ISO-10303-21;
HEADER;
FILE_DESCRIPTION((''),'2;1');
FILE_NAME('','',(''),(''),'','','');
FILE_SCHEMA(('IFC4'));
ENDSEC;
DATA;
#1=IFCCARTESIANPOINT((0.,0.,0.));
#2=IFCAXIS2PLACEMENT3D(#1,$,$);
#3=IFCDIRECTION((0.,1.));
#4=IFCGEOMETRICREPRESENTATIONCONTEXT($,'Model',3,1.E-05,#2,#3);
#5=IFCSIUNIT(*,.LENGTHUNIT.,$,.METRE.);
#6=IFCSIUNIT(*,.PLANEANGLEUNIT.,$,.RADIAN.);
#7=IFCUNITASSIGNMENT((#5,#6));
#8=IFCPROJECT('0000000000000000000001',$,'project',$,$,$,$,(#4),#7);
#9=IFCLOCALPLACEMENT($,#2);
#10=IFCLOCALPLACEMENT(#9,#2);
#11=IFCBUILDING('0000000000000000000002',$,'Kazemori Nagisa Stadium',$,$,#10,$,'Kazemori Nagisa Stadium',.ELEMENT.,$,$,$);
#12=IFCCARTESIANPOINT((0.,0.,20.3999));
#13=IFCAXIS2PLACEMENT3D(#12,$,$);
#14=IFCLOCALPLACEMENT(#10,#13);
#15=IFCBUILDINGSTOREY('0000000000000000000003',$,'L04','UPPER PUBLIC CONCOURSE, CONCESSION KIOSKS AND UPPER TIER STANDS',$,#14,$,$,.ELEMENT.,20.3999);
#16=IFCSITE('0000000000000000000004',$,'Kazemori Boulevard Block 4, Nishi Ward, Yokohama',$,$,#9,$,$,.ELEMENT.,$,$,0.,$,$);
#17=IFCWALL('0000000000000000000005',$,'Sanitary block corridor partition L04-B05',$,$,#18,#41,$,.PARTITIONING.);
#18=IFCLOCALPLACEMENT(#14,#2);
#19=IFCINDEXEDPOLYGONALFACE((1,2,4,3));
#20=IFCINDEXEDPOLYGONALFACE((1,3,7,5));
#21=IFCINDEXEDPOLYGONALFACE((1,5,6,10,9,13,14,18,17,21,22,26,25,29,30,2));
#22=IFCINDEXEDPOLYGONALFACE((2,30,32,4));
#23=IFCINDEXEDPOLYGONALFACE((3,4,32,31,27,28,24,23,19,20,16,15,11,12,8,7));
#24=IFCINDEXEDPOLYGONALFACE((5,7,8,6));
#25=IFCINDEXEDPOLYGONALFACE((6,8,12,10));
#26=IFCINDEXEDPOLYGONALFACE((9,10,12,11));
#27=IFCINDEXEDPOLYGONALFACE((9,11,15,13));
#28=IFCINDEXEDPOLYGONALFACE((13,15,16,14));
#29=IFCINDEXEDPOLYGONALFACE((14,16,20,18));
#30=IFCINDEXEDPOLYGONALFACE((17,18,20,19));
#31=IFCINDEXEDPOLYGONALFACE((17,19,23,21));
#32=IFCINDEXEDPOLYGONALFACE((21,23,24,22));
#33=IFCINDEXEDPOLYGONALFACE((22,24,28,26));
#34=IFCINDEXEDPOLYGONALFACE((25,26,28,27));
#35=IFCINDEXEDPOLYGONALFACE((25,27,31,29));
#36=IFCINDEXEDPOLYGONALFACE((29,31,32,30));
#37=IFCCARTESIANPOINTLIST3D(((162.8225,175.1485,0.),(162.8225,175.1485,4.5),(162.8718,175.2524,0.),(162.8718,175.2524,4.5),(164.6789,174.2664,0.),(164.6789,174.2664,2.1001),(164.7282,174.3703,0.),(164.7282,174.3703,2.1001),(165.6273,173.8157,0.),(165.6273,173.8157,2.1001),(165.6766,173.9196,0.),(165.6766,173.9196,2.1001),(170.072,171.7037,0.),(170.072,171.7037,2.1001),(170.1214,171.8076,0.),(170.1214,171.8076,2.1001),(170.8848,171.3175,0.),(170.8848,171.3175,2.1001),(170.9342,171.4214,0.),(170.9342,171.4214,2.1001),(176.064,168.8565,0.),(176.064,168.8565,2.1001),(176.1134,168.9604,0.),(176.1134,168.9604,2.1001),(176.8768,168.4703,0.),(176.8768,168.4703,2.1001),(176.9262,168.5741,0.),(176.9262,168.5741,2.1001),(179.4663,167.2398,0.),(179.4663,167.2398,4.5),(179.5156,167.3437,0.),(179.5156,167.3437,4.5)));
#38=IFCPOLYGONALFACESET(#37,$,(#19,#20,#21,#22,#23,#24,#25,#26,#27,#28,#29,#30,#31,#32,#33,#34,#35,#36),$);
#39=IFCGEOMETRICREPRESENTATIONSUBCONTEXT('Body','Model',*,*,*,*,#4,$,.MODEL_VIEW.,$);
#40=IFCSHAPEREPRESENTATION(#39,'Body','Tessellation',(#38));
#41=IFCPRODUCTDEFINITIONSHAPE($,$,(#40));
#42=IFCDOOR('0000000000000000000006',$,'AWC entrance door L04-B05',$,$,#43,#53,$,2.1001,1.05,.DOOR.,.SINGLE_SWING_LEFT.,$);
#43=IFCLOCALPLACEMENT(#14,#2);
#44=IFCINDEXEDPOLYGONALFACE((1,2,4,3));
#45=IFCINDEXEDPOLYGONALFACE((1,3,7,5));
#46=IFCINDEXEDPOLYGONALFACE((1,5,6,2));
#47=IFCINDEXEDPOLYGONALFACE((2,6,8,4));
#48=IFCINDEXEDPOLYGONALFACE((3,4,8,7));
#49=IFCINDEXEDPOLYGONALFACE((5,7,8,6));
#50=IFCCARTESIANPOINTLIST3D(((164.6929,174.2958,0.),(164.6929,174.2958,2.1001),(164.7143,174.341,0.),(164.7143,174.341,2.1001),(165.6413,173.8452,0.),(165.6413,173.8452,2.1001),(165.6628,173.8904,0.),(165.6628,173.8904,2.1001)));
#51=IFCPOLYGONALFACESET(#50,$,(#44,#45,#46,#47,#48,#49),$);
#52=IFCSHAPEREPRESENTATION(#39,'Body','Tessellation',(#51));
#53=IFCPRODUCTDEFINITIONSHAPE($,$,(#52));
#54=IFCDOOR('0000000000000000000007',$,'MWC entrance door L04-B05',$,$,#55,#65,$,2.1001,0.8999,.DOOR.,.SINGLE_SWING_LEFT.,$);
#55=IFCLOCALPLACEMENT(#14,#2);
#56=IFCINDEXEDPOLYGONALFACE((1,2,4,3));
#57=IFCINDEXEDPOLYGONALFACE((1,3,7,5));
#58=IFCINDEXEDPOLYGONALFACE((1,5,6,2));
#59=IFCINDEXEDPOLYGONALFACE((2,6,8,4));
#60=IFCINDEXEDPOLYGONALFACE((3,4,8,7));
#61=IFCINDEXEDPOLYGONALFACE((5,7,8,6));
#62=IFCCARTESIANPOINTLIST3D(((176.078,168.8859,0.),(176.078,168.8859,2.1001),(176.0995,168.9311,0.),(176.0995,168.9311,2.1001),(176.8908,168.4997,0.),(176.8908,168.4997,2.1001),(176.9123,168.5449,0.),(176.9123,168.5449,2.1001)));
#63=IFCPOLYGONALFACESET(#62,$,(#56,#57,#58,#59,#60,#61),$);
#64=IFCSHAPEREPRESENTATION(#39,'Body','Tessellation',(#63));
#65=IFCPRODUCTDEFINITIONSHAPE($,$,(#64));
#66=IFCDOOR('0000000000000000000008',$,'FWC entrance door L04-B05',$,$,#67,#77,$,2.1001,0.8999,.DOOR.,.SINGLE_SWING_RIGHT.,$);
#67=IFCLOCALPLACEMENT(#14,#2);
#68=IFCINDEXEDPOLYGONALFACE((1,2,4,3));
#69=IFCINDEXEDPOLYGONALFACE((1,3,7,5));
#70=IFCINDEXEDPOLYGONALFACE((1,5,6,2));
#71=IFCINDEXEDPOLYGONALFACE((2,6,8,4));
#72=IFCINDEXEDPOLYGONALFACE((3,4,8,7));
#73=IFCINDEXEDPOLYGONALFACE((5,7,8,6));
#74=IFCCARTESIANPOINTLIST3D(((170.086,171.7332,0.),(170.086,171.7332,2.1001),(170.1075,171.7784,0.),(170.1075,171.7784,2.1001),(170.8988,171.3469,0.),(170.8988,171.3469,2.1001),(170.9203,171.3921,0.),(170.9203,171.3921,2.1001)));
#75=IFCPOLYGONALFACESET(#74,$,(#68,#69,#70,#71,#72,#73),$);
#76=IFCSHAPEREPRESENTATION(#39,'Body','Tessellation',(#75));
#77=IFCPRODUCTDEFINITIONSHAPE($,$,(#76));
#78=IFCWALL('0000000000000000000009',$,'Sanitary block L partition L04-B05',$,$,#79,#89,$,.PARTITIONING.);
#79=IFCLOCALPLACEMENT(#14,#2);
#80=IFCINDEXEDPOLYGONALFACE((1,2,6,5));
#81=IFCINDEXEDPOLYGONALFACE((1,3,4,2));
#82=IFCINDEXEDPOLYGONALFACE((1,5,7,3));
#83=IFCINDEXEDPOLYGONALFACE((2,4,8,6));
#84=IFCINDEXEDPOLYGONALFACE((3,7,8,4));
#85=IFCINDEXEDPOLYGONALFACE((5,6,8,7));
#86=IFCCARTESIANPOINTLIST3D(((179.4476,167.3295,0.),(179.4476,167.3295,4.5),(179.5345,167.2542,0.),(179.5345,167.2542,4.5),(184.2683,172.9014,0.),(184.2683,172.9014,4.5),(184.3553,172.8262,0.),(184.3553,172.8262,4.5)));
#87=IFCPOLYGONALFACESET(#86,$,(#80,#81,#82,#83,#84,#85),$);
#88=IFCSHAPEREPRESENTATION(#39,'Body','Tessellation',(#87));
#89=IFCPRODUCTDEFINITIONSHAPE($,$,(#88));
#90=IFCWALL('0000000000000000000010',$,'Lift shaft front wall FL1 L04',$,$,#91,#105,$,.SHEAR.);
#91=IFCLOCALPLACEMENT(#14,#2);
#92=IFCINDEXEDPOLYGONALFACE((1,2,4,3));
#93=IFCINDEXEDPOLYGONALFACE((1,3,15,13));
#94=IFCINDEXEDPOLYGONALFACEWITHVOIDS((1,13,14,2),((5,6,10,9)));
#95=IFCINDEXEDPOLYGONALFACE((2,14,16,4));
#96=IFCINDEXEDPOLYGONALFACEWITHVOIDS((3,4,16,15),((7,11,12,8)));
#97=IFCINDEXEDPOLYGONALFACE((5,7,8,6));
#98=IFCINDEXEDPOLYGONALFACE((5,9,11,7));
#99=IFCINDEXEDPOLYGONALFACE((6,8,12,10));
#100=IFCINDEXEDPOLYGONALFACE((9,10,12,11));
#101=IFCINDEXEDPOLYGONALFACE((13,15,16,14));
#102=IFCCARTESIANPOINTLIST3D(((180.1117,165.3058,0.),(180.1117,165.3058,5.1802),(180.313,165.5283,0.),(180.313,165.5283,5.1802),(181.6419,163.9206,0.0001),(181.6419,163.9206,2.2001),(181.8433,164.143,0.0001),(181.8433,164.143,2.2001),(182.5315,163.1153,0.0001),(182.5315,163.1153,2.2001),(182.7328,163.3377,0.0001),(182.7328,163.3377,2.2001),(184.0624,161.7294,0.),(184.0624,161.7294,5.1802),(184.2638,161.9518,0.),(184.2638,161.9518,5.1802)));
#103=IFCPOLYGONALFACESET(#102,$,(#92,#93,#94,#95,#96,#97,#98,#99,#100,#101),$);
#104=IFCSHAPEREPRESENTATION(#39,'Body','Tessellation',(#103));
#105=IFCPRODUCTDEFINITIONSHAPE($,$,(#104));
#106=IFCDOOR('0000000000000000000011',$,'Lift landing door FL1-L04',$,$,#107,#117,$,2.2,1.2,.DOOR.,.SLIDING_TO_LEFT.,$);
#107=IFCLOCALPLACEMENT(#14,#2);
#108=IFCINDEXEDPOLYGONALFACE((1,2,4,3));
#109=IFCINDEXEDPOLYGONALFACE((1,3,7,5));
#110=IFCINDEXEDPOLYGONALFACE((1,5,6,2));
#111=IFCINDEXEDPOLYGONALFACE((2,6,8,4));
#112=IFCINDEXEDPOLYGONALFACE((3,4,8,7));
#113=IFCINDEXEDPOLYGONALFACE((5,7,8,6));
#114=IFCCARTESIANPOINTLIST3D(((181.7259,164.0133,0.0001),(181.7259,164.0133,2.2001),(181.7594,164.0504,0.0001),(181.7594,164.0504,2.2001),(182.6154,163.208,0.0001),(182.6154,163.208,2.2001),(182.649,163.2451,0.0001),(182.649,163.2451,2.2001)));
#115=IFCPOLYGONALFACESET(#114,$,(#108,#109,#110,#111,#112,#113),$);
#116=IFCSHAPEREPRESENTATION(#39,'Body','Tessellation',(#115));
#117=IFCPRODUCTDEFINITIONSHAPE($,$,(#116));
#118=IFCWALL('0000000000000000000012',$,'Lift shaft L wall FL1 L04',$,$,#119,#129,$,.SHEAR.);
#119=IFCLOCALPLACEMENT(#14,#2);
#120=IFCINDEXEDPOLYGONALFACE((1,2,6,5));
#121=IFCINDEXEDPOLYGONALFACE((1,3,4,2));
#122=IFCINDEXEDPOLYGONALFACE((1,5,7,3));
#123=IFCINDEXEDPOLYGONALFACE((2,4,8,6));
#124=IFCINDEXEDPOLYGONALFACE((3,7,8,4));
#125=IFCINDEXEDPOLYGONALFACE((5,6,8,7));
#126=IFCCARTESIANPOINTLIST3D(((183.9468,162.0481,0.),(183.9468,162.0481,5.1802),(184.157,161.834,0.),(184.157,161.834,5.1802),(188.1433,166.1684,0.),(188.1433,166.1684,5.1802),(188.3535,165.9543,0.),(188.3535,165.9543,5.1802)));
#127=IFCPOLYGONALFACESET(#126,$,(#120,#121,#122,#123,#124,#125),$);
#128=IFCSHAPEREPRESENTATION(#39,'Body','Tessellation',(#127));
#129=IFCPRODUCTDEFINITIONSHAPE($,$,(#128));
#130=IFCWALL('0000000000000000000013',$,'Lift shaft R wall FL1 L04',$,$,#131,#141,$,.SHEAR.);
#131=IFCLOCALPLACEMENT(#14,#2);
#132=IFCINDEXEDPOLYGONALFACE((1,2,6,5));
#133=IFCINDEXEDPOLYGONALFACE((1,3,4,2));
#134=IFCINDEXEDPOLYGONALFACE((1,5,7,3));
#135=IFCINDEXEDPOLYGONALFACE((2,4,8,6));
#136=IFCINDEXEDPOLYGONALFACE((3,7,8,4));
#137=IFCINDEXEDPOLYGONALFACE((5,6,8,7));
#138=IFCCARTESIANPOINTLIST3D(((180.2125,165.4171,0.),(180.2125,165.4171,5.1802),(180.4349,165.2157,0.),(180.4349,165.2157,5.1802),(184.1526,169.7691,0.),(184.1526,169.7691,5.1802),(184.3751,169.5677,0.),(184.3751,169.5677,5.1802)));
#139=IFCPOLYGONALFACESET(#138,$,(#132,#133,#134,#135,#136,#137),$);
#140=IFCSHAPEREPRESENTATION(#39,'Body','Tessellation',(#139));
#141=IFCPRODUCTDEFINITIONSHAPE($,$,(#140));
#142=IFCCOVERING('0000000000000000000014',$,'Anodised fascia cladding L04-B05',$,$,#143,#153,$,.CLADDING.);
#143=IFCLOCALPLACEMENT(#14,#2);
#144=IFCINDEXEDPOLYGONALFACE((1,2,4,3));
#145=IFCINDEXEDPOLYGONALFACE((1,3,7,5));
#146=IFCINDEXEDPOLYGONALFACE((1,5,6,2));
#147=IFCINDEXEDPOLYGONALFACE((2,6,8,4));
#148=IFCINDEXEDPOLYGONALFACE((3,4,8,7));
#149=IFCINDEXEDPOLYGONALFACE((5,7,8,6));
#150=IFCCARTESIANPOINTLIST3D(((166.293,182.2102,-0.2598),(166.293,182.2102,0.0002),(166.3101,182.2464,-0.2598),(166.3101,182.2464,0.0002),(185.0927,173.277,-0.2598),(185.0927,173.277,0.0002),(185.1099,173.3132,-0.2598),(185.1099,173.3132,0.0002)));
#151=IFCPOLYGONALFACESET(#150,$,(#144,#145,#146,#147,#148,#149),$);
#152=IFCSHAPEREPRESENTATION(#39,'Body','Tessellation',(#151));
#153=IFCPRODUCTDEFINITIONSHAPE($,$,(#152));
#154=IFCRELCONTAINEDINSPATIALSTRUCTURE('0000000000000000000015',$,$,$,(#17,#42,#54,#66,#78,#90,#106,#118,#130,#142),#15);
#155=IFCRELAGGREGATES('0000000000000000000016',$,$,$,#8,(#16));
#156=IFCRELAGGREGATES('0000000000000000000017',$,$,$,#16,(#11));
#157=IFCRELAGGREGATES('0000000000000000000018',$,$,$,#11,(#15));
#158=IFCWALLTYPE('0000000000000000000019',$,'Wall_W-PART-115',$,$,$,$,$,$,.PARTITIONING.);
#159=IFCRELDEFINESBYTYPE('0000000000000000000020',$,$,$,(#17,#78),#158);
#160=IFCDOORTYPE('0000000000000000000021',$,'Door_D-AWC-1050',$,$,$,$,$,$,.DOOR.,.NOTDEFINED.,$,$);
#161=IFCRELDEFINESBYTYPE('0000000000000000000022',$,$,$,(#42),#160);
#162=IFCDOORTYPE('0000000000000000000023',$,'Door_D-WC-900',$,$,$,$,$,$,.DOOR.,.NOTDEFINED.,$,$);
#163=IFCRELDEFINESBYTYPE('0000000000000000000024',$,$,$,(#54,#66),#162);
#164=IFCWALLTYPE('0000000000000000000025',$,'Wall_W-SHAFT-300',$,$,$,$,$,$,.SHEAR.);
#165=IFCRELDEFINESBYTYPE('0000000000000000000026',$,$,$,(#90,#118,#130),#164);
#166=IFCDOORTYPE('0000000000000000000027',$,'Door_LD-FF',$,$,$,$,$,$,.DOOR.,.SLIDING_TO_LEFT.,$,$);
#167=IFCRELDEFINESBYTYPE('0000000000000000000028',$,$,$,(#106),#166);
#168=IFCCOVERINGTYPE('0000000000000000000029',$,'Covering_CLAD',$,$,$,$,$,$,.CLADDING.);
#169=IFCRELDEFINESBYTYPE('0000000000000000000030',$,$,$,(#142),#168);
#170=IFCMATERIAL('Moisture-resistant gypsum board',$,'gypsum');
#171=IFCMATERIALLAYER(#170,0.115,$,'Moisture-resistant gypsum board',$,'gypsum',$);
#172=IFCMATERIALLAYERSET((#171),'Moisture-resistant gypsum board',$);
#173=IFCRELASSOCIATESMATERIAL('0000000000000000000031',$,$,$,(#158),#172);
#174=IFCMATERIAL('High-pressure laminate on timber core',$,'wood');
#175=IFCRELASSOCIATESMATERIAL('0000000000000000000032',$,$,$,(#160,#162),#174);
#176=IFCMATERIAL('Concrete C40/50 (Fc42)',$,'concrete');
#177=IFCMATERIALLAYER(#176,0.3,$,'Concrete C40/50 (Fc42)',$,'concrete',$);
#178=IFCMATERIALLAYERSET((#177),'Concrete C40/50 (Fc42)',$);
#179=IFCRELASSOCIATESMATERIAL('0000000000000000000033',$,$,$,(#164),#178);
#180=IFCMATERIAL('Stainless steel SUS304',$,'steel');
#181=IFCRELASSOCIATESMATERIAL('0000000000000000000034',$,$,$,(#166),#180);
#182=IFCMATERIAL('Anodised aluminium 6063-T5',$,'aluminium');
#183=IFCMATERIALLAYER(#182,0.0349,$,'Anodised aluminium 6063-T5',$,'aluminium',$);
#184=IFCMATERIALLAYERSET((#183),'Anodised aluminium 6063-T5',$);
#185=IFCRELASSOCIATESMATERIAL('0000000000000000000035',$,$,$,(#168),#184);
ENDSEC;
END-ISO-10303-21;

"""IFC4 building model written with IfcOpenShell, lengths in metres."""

from ifc_helpers import new_model, si_unit, direction, frame, frame_2d, origin, origin_2d, place, context, subcontext, project, spatial, rectangle, extrude, material, layer, layer_set, type_object, element, fill, save


model = new_model("IFC4")

# Units and contexts
model_context = context("Model", 3, precision=1e-05, world=origin(), true_north=direction((0.0, 1.0)))
body_context = subcontext(model_context, "Body", "Model", "MODEL_VIEW")
ifc_project = project(units=[si_unit("LENGTHUNIT", "METRE"), si_unit("PLANEANGLEUNIT", "RADIAN")], contexts=[model_context])

# Site, building, storey
site_placement = place(None, origin())
site = spatial("IfcSite", under=ifc_project, at=site_placement, Name="Kazemori Boulevard Block 4, Nishi Ward, Yokohama", CompositionType="ELEMENT", RefElevation=0.0)
building_placement = place(site_placement, origin())
building = spatial("IfcBuilding", under=site, at=building_placement, Name="Kazemori Nagisa Stadium", LongName="Kazemori Nagisa Stadium", CompositionType="ELEMENT")
storey_placement = place(building_placement, frame((0.0, 0.0, 20.3999)))
storey = spatial("IfcBuildingStorey", under=building, at=storey_placement, Name="L04", Description="UPPER PUBLIC CONCOURSE, CONCESSION KIOSKS AND UPPER TIER STANDS", CompositionType="ELEMENT", Elevation=20.3999)

# Shared definitions
ifc_material_1 = material(Name="Concrete C40/50 (Fc42)", Category="concrete")

# Shared definitions
ifc_material_2 = material(Name="Anodised aluminium 6063-T5", Category="aluminium")

# Wall, openings, doors
ifc_material_3 = material(Name="Moisture-resistant gypsum board", Category="gypsum")
ifc_layer_1 = layer(ifc_material_3, 0.115, Name="Moisture-resistant gypsum board", Category="gypsum")
ifc_layer_set_1 = layer_set([ifc_layer_1], Name="Moisture-resistant gypsum board")
wall_type_1 = type_object("IfcWallType", Name="Wall_W-PART-115", PredefinedType="PARTITIONING", material=ifc_layer_set_1)
wall_1_placement = place(storey_placement, frame((179.491, 167.2917, 0.0), z_axis=(0.0, 0.0, 1.0), x_axis=(-0.903217, 0.429185, 0.0)))
wall_1 = element("IfcWall", 1, at=wall_1_placement, inside=storey, type_object=wall_type_1, Name="Sanitary block corridor partition L04-B05", PredefinedType="PARTITIONING", context=body_context, shape_type="SweptSolid", body=[
    extrude(rectangle(XDim=18.4272, YDim=0.115, at=frame_2d((9.2136, 0.0))), origin(), (0.0, 0.0, 1.0), 4.5),
])
opening_1_placement = place(wall_1_placement, frame((2.8669, 0.0, 0.0)))
opening_1 = element("IfcOpeningElement", 2, at=opening_1_placement, cuts=wall_1, PredefinedType="OPENING", context=body_context, shape_type="SweptSolid", body=[
    extrude(rectangle(XDim=0.8999, YDim=2.1001, at=frame_2d((0.45, 1.05))), frame((0.0, 0.0674, 0.0), z_axis=(0.0, -1.0, 0.0), x_axis=(1.0, 0.0, 0.0)), (0.0, 0.0, 1.0), 0.135),
])
opening_2_placement = place(wall_1_placement, frame((9.501, 0.0, 0.0)))
opening_2 = element("IfcOpeningElement", 3, at=opening_2_placement, cuts=wall_1, PredefinedType="OPENING", context=body_context, shape_type="SweptSolid", body=[
    extrude(rectangle(XDim=0.8999, YDim=2.1001, at=frame_2d((0.45, 1.05))), frame((0.0, 0.0674, 0.0), z_axis=(0.0, -1.0, 0.0), x_axis=(1.0, 0.0, 0.0)), (0.0, 0.0, 1.0), 0.135),
])
opening_3_placement = place(wall_1_placement, frame((15.322, 0.0, 0.0)))
opening_3 = element("IfcOpeningElement", 4, at=opening_3_placement, cuts=wall_1, PredefinedType="OPENING", context=body_context, shape_type="SweptSolid", body=[
    extrude(rectangle(XDim=1.05, YDim=2.1001, at=frame_2d((0.5249, 1.05))), frame((0.0, 0.0674, 0.0), z_axis=(0.0, -1.0, 0.0), x_axis=(1.0, 0.0, 0.0)), (0.0, 0.0, 1.0), 0.135),
])
ifc_material_4 = material(Name="High-pressure laminate on timber core", Category="wood")
door_type_1 = type_object("IfcDoorType", Name="Door_D-AWC-1050", OperationType="NOTDEFINED", PredefinedType="DOOR", material=ifc_material_4)
door_1_placement = place(opening_3_placement, origin())
door_1 = element("IfcDoor", 5, at=door_1_placement, inside=storey, type_object=door_type_1, Name="AWC entrance door L04-B05", OperationType="SINGLE_SWING_LEFT", OverallHeight=2.1001, OverallWidth=1.05, PredefinedType="DOOR", context=body_context, shape_type="SweptSolid", body=[
    extrude(rectangle(XDim=1.05, YDim=2.1001, at=frame_2d((0.5249, 1.05))), frame((0.0, 0.0249, 0.0), z_axis=(0.0, -1.0, 0.0), x_axis=(1.0, 0.0, 0.0)), (0.0, 0.0, 1.0), 0.05),
])
fill(opening_3, door_1)
door_type_2 = type_object("IfcDoorType", Name="Door_D-WC-900", OperationType="NOTDEFINED", PredefinedType="DOOR", material=ifc_material_4)
door_2_placement = place(opening_1_placement, origin())
door_2 = element("IfcDoor", 6, at=door_2_placement, inside=storey, type_object=door_type_2, Name="MWC entrance door L04-B05", OperationType="SINGLE_SWING_LEFT", OverallHeight=2.1001, OverallWidth=0.8999, PredefinedType="DOOR", context=body_context, shape_type="SweptSolid", body=[
    extrude(rectangle(XDim=0.8999, YDim=2.1001, at=frame_2d((0.45, 1.05))), frame((0.0, 0.0249, 0.0), z_axis=(0.0, -1.0, 0.0), x_axis=(1.0, 0.0, 0.0)), (0.0, 0.0, 1.0), 0.05),
])
fill(opening_1, door_2)
door_3_placement = place(opening_2_placement, origin())
door_3 = element("IfcDoor", 7, at=door_3_placement, inside=storey, type_object=door_type_2, Name="FWC entrance door L04-B05", OperationType="SINGLE_SWING_RIGHT", OverallHeight=2.1001, OverallWidth=0.8999, PredefinedType="DOOR", context=body_context, shape_type="SweptSolid", body=[
    extrude(rectangle(XDim=0.8999, YDim=2.1001, at=frame_2d((0.45, 1.05))), frame((0.0, 0.0249, 0.0), z_axis=(0.0, -1.0, 0.0), x_axis=(1.0, 0.0, 0.0)), (0.0, 0.0, 1.0), 0.05),
])
fill(opening_2, door_3)

# Wall
wall_2_placement = place(storey_placement, frame((179.491, 167.2917, 0.0), z_axis=(0.0, 0.0, 1.0), x_axis=(0.654288, 0.756245, 0.0)))
element("IfcWall", 8, at=wall_2_placement, inside=storey, type_object=wall_type_1, Name="Sanitary block L partition L04-B05", PredefinedType="PARTITIONING", context=body_context, shape_type="SweptSolid", body=[
    extrude(rectangle(XDim=7.3679, YDim=0.115, at=frame_2d((3.6841, 0.0))), origin(), (0.0, 0.0, 1.0), 4.5),
])

# Wall, opening, door
ifc_layer_2 = layer(ifc_material_1, 0.3, Name="Concrete C40/50 (Fc42)", Category="concrete")
ifc_layer_set_2 = layer_set([ifc_layer_2], Name="Concrete C40/50 (Fc42)")
wall_type_2 = type_object("IfcWallType", Name="Wall_W-SHAFT-300", PredefinedType="SHEAR", material=ifc_layer_set_2)
wall_3_placement = place(storey_placement, frame((184.1631, 161.8406, 0.0), z_axis=(0.0, 0.0, 1.0), x_axis=(-0.74135, 0.671118, 0.0)))
wall_3 = element("IfcWall", 9, at=wall_3_placement, inside=storey, type_object=wall_type_2, Name="Lift shaft front wall FL1 L04", PredefinedType="SHEAR", context=body_context, shape_type="SweptSolid", body=[
    extrude(rectangle(XDim=5.3291, YDim=0.3, at=frame_2d((2.6646, 0.0))), origin(), (0.0, 0.0, 1.0), 5.1802),
])
opening_4_placement = place(wall_3_placement, frame((2.0649, 0.0, 0.0)))
opening_4 = element("IfcOpeningElement", 10, at=opening_4_placement, cuts=wall_3, PredefinedType="OPENING", context=body_context, shape_type="SweptSolid", body=[
    extrude(rectangle(XDim=1.2, YDim=2.2, at=frame_2d((0.6001, 1.1001))), frame((0.0, 0.1599, 0.0), z_axis=(0.0, -1.0, 0.0), x_axis=(1.0, 0.0, 0.0)), (0.0, 0.0, 1.0), 0.3201),
])
ifc_material_5 = material(Name="Stainless steel SUS304", Category="steel")
door_type_3 = type_object("IfcDoorType", Name="Door_LD-FF", OperationType="SLIDING_TO_LEFT", PredefinedType="DOOR", material=ifc_material_5)
door_4_placement = place(opening_4_placement, origin())
door_4 = element("IfcDoor", 11, at=door_4_placement, inside=storey, type_object=door_type_3, Name="Lift landing door FL1-L04", OperationType="SLIDING_TO_LEFT", OverallHeight=2.2, OverallWidth=1.2, PredefinedType="DOOR", context=body_context, shape_type="SweptSolid", body=[
    extrude(rectangle(XDim=1.2, YDim=2.2, at=frame_2d((0.6001, 1.1001))), frame((0.0, 0.0249, 0.0), z_axis=(0.0, -1.0, 0.0), x_axis=(1.0, 0.0, 0.0)), (0.0, 0.0, 1.0), 0.05),
])
fill(opening_4, door_4)

# Walls
wall_4_placement = place(storey_placement, frame((184.052, 161.9412, 0.0), z_axis=(0.0, 0.0, 1.0), x_axis=(0.713553, 0.700601, 0.0)))
element("IfcWall", 12, at=wall_4_placement, inside=storey, type_object=wall_type_2, Name="Lift shaft L wall FL1 L04", PredefinedType="SHEAR", context=body_context, shape_type="SweptSolid", body=[
    extrude(rectangle(XDim=5.8811, YDim=0.3, at=frame_2d((2.9404, 0.0))), origin(), (0.0, 0.0, 1.0), 5.1802),
])
wall_5_placement = place(storey_placement, frame((180.3237, 165.3164, 0.0), z_axis=(0.0, 0.0, 1.0), x_axis=(0.671158, 0.741314, 0.0)))
element("IfcWall", 13, at=wall_5_placement, inside=storey, type_object=wall_type_2, Name="Lift shaft R wall FL1 L04", PredefinedType="SHEAR", context=body_context, shape_type="SweptSolid", body=[
    extrude(rectangle(XDim=5.8706, YDim=0.3, at=frame_2d((2.9353, 0.0))), origin(), (0.0, 0.0, 1.0), 5.1802),
])

# Covering
ifc_layer_3 = layer(ifc_material_2, 0.0349, Name="Anodised aluminium 6063-T5", Category="aluminium")
ifc_layer_set_3 = layer_set([ifc_layer_3], Name="Anodised aluminium 6063-T5")
covering_type = type_object("IfcCoveringType", Name="Covering_CLAD", PredefinedType="CLADDING", material=ifc_layer_set_3)
covering_placement = place(storey_placement, frame((175.7014, 177.7617, -0.2598), z_axis=(0.0, 0.0, 1.0), x_axis=(-0.903216, 0.429186, 0.0)))
element("IfcCovering", 14, at=covering_placement, inside=storey, type_object=covering_type, Name="Anodised fascia cladding L04-B05", PredefinedType="CLADDING", context=body_context, shape_type="SweptSolid", body=[
    extrude(rectangle(XDim=20.8142, YDim=0.04, at=origin_2d()), origin(), (0.0, 0.0, 1.0), 0.26),
])

save(model, "model.ifc")
